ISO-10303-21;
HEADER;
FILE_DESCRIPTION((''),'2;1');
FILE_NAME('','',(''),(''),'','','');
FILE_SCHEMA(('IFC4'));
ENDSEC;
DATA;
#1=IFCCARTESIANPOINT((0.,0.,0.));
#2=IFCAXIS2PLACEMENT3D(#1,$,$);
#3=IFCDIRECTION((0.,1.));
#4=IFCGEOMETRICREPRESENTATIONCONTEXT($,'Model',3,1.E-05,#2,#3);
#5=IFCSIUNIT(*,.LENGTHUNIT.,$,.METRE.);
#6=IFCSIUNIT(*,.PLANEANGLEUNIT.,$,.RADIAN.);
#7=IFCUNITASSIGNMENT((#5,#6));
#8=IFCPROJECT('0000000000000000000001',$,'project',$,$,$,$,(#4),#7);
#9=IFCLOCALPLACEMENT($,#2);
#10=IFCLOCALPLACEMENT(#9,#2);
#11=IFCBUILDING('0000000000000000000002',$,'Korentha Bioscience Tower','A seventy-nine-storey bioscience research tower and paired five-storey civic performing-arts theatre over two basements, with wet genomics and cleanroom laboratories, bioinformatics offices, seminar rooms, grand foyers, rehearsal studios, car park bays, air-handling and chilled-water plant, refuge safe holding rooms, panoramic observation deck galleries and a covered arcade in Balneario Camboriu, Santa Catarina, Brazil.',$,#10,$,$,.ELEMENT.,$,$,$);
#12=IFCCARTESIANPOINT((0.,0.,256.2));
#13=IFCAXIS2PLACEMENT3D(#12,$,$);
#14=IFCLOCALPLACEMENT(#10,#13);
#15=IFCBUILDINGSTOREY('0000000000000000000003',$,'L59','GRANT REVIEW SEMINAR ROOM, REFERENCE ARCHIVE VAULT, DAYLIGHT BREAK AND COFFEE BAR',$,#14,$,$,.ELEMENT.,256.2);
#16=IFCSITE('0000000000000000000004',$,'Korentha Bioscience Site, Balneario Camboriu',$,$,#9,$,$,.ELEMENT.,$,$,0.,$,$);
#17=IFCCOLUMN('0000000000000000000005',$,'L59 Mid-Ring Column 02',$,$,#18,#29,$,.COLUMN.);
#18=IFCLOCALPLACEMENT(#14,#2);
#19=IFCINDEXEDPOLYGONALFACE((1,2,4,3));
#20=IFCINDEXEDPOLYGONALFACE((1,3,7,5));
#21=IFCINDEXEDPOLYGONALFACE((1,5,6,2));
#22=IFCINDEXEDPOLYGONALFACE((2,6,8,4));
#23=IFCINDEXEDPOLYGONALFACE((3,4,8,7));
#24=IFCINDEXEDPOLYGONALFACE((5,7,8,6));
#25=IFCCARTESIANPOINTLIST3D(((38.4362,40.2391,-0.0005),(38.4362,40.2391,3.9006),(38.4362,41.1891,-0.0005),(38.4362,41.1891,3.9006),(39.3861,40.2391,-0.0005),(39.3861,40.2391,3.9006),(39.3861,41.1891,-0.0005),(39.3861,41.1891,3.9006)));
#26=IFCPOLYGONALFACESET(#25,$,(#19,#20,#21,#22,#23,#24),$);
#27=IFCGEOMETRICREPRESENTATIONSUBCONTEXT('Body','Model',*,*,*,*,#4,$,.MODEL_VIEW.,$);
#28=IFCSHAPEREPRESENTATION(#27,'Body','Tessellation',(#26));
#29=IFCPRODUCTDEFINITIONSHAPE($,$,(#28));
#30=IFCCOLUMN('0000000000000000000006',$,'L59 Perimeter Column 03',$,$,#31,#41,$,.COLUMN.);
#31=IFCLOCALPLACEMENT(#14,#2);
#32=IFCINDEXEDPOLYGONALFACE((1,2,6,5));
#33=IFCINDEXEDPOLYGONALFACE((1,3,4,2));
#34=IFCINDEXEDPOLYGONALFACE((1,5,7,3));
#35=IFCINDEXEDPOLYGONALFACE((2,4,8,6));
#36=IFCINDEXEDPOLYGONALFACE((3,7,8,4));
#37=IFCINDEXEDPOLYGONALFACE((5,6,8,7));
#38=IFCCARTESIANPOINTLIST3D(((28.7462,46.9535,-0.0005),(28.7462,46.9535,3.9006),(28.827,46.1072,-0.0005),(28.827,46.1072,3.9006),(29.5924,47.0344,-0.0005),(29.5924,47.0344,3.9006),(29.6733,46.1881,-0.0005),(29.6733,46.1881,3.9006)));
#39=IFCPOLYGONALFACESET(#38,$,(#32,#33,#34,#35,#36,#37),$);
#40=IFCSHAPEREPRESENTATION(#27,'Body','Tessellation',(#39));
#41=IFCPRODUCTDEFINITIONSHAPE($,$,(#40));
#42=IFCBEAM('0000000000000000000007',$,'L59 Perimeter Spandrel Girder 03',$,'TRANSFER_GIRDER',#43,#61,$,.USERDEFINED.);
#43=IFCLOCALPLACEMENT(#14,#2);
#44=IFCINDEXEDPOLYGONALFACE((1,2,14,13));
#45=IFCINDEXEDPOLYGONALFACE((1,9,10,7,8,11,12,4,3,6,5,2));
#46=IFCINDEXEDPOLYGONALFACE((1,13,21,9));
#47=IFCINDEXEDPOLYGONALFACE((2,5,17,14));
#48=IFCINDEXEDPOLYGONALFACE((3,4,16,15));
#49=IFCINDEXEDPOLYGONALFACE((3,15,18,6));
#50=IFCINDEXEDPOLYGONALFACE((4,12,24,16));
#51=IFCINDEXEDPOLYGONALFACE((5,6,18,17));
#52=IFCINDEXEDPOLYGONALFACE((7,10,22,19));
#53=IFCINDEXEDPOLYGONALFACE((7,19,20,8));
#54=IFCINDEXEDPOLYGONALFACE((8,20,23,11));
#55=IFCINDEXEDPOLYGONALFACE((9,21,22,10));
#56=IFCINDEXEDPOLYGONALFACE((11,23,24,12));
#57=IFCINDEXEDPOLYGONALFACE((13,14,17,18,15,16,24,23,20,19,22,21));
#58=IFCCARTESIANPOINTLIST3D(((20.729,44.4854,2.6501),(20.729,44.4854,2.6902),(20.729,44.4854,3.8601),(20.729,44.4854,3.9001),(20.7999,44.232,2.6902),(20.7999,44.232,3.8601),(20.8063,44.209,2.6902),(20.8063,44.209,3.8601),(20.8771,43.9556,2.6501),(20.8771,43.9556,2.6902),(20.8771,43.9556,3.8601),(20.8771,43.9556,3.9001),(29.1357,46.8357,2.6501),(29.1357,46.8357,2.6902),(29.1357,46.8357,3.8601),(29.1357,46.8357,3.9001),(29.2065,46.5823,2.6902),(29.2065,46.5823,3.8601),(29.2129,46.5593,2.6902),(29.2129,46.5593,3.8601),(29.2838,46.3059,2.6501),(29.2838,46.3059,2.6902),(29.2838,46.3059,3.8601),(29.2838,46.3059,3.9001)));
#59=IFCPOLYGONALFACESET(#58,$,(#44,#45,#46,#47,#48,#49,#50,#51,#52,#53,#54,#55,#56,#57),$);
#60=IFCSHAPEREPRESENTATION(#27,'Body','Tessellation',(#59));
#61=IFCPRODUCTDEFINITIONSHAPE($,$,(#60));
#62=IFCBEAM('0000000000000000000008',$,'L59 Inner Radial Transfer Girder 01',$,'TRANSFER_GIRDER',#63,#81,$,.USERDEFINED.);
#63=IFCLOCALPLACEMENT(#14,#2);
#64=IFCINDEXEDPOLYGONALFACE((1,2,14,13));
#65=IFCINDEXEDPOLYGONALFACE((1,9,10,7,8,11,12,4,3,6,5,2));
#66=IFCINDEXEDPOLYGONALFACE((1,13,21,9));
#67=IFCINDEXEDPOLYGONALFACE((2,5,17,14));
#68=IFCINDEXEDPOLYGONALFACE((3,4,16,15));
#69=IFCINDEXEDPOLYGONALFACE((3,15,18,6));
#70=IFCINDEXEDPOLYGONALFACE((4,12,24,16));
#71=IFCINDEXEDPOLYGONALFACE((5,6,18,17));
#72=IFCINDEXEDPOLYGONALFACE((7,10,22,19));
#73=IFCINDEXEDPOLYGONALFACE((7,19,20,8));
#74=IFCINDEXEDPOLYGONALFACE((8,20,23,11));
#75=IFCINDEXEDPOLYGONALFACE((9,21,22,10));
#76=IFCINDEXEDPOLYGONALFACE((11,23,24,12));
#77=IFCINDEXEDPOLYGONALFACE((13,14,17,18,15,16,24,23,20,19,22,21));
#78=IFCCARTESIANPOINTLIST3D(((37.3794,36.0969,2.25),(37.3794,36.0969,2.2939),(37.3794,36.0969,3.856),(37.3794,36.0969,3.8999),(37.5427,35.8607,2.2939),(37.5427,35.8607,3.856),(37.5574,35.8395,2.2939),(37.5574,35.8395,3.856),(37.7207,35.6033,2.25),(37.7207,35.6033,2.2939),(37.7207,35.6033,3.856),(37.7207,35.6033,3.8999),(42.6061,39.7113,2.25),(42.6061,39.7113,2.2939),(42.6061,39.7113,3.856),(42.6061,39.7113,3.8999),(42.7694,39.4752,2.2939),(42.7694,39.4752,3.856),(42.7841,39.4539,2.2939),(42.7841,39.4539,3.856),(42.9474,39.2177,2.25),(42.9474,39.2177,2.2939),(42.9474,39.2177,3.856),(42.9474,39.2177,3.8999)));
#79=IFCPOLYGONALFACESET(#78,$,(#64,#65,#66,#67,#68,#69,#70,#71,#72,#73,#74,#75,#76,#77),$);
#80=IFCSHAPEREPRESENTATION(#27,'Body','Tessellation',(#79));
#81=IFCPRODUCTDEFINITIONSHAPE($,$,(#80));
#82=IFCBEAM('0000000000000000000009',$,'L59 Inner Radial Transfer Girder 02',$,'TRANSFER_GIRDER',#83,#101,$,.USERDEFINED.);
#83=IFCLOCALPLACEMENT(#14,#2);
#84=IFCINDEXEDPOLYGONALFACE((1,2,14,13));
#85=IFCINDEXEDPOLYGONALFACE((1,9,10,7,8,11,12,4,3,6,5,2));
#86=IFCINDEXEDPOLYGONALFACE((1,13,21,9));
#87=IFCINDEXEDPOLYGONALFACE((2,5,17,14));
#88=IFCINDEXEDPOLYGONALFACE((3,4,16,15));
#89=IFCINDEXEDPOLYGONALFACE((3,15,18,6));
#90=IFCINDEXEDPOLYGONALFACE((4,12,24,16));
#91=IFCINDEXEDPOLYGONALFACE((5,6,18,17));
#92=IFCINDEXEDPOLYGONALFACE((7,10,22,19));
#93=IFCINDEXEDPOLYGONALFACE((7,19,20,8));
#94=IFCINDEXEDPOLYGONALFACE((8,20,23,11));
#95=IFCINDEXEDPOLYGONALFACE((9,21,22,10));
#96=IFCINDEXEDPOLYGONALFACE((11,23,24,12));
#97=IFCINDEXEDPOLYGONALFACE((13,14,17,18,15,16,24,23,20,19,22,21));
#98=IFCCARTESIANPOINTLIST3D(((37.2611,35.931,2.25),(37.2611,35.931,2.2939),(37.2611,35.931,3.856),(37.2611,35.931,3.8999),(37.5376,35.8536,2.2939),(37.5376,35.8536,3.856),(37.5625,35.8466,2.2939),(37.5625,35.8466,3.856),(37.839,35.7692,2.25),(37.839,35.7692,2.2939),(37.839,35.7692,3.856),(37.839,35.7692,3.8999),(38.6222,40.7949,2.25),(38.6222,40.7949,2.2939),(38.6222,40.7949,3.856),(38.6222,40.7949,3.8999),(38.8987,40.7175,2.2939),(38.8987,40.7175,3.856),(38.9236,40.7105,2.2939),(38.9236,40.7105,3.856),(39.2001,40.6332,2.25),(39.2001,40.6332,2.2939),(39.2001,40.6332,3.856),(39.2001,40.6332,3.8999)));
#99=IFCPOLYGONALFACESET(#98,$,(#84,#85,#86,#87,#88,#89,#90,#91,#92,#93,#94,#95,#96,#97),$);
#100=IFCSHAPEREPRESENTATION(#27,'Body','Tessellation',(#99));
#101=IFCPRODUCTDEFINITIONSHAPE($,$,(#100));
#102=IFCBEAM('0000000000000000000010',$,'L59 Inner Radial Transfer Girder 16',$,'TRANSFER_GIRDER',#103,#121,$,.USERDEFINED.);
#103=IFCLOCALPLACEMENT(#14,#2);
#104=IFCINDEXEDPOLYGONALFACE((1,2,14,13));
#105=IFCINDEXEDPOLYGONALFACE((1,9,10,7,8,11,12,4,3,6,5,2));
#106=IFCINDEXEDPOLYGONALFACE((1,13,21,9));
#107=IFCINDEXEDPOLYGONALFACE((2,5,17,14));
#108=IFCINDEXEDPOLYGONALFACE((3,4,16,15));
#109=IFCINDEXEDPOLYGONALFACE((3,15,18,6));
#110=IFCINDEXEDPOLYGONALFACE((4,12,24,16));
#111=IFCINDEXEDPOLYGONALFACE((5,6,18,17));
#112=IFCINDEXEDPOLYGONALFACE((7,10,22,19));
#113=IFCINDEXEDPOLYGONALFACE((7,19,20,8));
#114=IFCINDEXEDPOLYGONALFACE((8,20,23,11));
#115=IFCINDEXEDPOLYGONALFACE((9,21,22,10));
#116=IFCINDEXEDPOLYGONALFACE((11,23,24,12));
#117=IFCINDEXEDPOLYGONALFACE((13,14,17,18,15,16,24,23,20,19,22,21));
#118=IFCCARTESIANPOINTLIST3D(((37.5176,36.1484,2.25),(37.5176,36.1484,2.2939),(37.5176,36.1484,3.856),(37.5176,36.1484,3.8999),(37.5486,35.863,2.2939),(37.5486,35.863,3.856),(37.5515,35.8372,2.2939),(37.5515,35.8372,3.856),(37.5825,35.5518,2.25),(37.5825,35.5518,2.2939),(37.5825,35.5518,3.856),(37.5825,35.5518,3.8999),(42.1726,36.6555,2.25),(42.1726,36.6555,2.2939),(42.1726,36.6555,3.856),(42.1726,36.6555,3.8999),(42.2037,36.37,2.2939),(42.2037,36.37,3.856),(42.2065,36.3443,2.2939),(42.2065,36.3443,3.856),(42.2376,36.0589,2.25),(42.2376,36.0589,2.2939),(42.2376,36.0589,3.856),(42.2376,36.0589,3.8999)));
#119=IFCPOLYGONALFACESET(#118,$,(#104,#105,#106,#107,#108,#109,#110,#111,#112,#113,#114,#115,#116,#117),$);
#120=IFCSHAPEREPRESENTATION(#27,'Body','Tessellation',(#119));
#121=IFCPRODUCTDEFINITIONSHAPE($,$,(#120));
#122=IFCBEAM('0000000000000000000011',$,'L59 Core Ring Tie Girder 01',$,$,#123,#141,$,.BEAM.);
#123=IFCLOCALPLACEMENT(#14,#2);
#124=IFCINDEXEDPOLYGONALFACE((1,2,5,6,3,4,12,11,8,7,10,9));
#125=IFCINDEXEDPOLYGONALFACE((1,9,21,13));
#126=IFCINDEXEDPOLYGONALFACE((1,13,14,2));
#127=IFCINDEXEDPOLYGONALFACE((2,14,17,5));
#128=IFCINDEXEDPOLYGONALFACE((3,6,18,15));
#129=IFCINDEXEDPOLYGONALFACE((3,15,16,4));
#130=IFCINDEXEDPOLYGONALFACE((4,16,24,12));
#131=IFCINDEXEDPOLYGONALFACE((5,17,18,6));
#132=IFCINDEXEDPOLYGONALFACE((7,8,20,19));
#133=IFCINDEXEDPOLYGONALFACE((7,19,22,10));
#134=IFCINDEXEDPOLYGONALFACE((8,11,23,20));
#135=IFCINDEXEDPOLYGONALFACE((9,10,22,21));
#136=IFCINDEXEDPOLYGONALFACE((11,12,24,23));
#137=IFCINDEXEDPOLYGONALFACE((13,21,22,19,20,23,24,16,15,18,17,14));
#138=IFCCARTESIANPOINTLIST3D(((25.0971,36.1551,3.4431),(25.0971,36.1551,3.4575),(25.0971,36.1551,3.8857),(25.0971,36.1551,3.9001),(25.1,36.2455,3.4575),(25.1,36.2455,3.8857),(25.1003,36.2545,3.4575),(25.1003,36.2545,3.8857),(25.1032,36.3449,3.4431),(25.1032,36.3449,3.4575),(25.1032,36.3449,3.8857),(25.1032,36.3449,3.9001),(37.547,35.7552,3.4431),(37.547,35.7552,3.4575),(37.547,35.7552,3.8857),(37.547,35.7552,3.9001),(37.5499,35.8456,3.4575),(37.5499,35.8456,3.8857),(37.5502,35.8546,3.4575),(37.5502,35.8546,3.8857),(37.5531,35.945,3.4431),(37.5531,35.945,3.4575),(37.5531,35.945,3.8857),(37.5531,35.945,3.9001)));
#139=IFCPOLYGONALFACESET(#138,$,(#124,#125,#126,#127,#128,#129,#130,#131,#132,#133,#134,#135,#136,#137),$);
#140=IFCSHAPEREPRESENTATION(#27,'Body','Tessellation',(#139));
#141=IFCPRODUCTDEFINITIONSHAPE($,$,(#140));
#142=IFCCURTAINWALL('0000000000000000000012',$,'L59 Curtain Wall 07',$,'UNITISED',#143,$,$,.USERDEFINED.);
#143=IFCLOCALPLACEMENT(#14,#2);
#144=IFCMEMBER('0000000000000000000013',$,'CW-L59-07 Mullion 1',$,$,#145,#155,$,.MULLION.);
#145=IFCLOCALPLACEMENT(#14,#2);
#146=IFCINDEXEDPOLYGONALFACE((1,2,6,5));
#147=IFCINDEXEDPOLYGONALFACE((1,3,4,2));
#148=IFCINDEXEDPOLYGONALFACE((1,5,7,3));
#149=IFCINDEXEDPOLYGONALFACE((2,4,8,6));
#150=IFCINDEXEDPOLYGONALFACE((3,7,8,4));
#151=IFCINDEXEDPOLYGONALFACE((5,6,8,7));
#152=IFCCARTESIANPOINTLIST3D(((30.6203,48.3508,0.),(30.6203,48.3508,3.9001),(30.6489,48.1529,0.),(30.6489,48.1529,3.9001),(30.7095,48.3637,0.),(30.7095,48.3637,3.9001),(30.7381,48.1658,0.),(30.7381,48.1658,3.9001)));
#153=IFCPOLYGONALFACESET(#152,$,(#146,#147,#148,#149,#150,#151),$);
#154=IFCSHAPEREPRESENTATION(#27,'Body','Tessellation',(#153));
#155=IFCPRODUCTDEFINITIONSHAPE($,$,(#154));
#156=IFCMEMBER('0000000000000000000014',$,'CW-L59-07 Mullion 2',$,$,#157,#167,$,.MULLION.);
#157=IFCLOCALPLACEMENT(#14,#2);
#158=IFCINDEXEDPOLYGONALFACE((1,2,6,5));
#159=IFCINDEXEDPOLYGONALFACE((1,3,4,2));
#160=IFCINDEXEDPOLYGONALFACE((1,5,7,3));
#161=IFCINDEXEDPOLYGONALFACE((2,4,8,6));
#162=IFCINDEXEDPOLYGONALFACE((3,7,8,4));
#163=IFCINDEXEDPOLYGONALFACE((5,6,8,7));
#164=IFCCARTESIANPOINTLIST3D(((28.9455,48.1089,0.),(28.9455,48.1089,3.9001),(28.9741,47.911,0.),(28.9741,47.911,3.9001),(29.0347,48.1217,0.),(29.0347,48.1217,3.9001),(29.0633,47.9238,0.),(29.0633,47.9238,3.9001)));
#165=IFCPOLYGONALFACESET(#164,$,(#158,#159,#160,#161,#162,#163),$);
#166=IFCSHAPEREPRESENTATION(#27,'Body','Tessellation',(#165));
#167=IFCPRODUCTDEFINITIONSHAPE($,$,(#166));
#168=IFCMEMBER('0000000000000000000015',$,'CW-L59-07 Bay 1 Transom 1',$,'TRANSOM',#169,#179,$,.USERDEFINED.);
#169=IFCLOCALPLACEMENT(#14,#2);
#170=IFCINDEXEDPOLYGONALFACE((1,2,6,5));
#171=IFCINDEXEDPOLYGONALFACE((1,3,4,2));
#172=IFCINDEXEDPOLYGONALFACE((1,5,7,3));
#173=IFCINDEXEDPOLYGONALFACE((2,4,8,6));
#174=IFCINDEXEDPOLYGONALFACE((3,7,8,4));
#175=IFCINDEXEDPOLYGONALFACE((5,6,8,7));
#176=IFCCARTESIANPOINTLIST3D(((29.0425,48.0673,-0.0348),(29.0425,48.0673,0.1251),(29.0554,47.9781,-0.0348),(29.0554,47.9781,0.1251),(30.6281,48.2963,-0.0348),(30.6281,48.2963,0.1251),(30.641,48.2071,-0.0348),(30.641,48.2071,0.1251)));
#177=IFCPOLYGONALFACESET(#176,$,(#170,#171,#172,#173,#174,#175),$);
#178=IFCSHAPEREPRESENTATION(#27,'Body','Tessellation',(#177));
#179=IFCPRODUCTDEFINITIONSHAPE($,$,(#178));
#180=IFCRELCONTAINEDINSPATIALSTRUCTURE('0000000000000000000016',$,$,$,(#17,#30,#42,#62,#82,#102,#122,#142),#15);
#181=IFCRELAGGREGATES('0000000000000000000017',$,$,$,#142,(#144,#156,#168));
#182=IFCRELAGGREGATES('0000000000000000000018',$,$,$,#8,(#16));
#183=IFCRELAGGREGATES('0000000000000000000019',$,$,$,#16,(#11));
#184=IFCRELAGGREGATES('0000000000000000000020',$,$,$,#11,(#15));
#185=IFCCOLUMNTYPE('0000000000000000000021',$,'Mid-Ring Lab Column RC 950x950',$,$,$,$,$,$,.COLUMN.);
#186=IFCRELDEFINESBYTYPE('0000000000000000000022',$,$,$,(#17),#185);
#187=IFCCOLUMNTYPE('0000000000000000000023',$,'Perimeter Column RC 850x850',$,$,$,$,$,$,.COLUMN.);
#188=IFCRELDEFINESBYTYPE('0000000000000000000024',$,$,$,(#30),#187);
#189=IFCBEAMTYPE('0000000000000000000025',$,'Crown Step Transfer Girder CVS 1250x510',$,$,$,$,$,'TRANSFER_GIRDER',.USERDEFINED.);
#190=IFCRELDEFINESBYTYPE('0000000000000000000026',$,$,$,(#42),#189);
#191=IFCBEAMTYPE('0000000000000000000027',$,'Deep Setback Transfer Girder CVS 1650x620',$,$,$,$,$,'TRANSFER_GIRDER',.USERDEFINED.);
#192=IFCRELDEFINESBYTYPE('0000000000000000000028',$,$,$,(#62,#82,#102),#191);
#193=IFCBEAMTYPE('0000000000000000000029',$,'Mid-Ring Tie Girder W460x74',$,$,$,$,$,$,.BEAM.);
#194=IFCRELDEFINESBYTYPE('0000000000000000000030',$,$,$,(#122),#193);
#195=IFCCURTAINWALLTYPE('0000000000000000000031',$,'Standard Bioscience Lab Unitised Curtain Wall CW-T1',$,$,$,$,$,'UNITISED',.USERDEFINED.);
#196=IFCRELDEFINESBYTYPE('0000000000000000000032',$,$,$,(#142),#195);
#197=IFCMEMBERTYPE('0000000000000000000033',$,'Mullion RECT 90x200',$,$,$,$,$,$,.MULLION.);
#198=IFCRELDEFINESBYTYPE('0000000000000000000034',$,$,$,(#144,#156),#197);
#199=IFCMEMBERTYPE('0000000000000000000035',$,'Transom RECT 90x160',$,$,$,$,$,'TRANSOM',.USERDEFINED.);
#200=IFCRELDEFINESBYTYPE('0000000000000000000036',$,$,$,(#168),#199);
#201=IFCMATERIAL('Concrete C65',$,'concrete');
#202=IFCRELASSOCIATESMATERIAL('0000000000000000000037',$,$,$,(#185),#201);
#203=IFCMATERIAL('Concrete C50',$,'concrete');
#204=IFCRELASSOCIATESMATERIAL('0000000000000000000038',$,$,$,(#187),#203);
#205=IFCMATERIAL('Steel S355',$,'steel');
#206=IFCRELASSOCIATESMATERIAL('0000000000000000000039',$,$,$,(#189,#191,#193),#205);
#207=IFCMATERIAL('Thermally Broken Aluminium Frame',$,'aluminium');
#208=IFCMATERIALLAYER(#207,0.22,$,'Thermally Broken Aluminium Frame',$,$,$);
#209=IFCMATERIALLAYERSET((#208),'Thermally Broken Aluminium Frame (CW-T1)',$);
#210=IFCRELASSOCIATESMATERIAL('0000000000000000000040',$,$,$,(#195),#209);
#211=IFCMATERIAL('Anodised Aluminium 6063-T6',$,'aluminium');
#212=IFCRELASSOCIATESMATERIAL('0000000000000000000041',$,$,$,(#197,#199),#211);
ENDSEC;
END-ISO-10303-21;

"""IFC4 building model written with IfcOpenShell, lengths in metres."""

from ifc_helpers import new_model, si_unit, direction, frame, origin, origin_2d, place, context, subcontext, project, spatial, rectangle, i_section, extrude, material, layer, layer_set, material_profile, profile_set, type_object, element, aggregate, save


model = new_model("IFC4")

# Units and contexts
model_context = context("Model", 3, precision=1e-05, world=origin(), true_north=direction((0.0, 1.0)))
body_context = subcontext(model_context, "Body", "Model", "MODEL_VIEW")
ifc_project = project(units=[si_unit("LENGTHUNIT", "METRE"), si_unit("PLANEANGLEUNIT", "RADIAN")], contexts=[model_context])

# Site, building, storey
site_placement = place(None, origin())
site = spatial("IfcSite", under=ifc_project, at=site_placement, Name="Korentha Bioscience Site, Balneario Camboriu", CompositionType="ELEMENT", RefElevation=0.0)
building_placement = place(site_placement, origin())
building = spatial("IfcBuilding", under=site, at=building_placement, Name="Korentha Bioscience Tower", Description="A seventy-nine-storey bioscience research tower and paired five-storey civic performing-arts theatre over two basements, with wet genomics and cleanroom laboratories, bioinformatics offices, seminar rooms, grand foyers, rehearsal studios, car park bays, air-handling and chilled-water plant, refuge safe holding rooms, panoramic observation deck galleries and a covered arcade in Balneario Camboriu, Santa Catarina, Brazil.", CompositionType="ELEMENT")
storey_placement = place(building_placement, frame((0.0, 0.0, 256.2)))
storey = spatial("IfcBuildingStorey", under=building, at=storey_placement, Name="L59", Description="GRANT REVIEW SEMINAR ROOM, REFERENCE ARCHIVE VAULT, DAYLIGHT BREAK AND COFFEE BAR", CompositionType="ELEMENT", Elevation=256.2)

# Columns
ifc_material_1 = material(Name="Concrete C65", Category="concrete")
ifc_material_profile_1 = material_profile(ifc_material_1, rectangle(XDim=0.95, YDim=0.95, at=origin_2d()), Name="Concrete C65")
ifc_profile_set_1 = profile_set([ifc_material_profile_1], Name="Concrete C65 (COL-MR09)")
column_type_1 = type_object("IfcColumnType", Name="Mid-Ring Lab Column RC 950x950", PredefinedType="COLUMN", material=ifc_profile_set_1)
column_1_placement = place(storey_placement, frame((38.9111, 40.7141, -0.0005), z_axis=(0.0, 0.0, 1.0), x_axis=(1.0, 0.0, 0.0)))
element("IfcColumn", 1, at=column_1_placement, inside=storey, type_object=column_type_1, Name="L59 Mid-Ring Column 02", PredefinedType="COLUMN", context=body_context, shape_type="SweptSolid", body=[
    extrude(rectangle(XDim=0.95, YDim=0.95, at=origin_2d()), origin(), (0.0, 0.0, 1.0), 3.9011),
])
ifc_material_2 = material(Name="Concrete C50", Category="concrete")
ifc_material_profile_2 = material_profile(ifc_material_2, rectangle(XDim=0.8501, YDim=0.8501, at=origin_2d()), Name="Concrete C50")
ifc_profile_set_2 = profile_set([ifc_material_profile_2], Name="Concrete C50 (COL-P08)")
column_type_2 = type_object("IfcColumnType", Name="Perimeter Column RC 850x850", PredefinedType="COLUMN", material=ifc_profile_set_2)
column_2_placement = place(storey_placement, frame((29.2097, 46.5708, -0.0005), z_axis=(0.0, 0.0, 1.0), x_axis=(0.995463, 0.095151, 0.0)))
element("IfcColumn", 2, at=column_2_placement, inside=storey, type_object=column_type_2, Name="L59 Perimeter Column 03", PredefinedType="COLUMN", context=body_context, shape_type="SweptSolid", body=[
    extrude(rectangle(XDim=0.8501, YDim=0.8501, at=origin_2d()), origin(), (0.0, 0.0, 1.0), 3.9011),
])

# Beams
ifc_material_3 = material(Name="Steel S355", Category="steel")
ifc_material_profile_3 = material_profile(ifc_material_3, i_section(OverallWidth=0.55, OverallDepth=1.25, WebThickness=0.0239, FlangeThickness=0.04, at=origin_2d()), Name="Steel S355")
ifc_profile_set_3 = profile_set([ifc_material_profile_3], Name="Steel S355 (TG-03)")
beam_type_1 = type_object("IfcBeamType", Name="Crown Step Transfer Girder CVS 1250x510", ElementType="TRANSFER_GIRDER", PredefinedType="USERDEFINED", material=ifc_profile_set_3)
beam_1_placement = place(storey_placement, frame((29.2097, 46.5708, 3.2751), z_axis=(-0.963069, -0.269253, 0.0), x_axis=(0.269253, -0.963069, 0.0)))
element("IfcBeam", 3, at=beam_1_placement, inside=storey, type_object=beam_type_1, Name="L59 Perimeter Spandrel Girder 03", ObjectType="TRANSFER_GIRDER", PredefinedType="USERDEFINED", context=body_context, shape_type="SweptSolid", body=[
    extrude(i_section(OverallWidth=0.55, OverallDepth=1.25, WebThickness=0.0239, FlangeThickness=0.04, at=origin_2d()), origin(), (0.0, 0.0, 1.0), 8.729),
])
ifc_material_profile_4 = material_profile(ifc_material_3, i_section(OverallWidth=0.6001, OverallDepth=1.6499, WebThickness=0.0259, FlangeThickness=0.0439, at=origin_2d()), Name="Steel S355")
ifc_profile_set_4 = profile_set([ifc_material_profile_4], Name="Steel S355 (TG-04)")
beam_type_2 = type_object("IfcBeamType", Name="Deep Setback Transfer Girder CVS 1650x620", ElementType="TRANSFER_GIRDER", PredefinedType="USERDEFINED", material=ifc_profile_set_4)
beam_2_placement = place(storey_placement, frame((37.55, 35.8501, 3.075), z_axis=(0.822491, 0.568778, 0.0), x_axis=(-0.568778, 0.822491, 0.0)))
element("IfcBeam", 4, at=beam_2_placement, inside=storey, type_object=beam_type_2, Name="L59 Inner Radial Transfer Girder 01", ObjectType="TRANSFER_GIRDER", PredefinedType="USERDEFINED", context=body_context, shape_type="SweptSolid", body=[
    extrude(i_section(OverallWidth=0.6001, OverallDepth=1.6499, WebThickness=0.0259, FlangeThickness=0.0439, at=origin_2d()), origin(), (0.0, 0.0, 1.0), 6.3547),
])
beam_3_placement = place(storey_placement, frame((37.55, 35.8501, 3.075), z_axis=(0.269476, 0.963007, 0.0), x_axis=(-0.963007, 0.269476, 0.0)))
element("IfcBeam", 5, at=beam_3_placement, inside=storey, type_object=beam_type_2, Name="L59 Inner Radial Transfer Girder 02", ObjectType="TRANSFER_GIRDER", PredefinedType="USERDEFINED", context=body_context, shape_type="SweptSolid", body=[
    extrude(i_section(OverallWidth=0.6001, OverallDepth=1.6499, WebThickness=0.0259, FlangeThickness=0.0439, at=origin_2d()), origin(), (0.0, 0.0, 1.0), 5.0508),
])
beam_4_placement = place(storey_placement, frame((37.55, 35.8501, 3.075), z_axis=(0.994119, 0.108291, 0.0), x_axis=(-0.108291, 0.994119, 0.0)))
element("IfcBeam", 6, at=beam_4_placement, inside=storey, type_object=beam_type_2, Name="L59 Inner Radial Transfer Girder 16", ObjectType="TRANSFER_GIRDER", PredefinedType="USERDEFINED", context=body_context, shape_type="SweptSolid", body=[
    extrude(i_section(OverallWidth=0.6001, OverallDepth=1.6499, WebThickness=0.0259, FlangeThickness=0.0439, at=origin_2d()), origin(), (0.0, 0.0, 1.0), 4.6826),
])
ifc_material_profile_5 = material_profile(ifc_material_3, i_section(OverallWidth=0.1899, OverallDepth=0.457, WebThickness=0.009, FlangeThickness=0.0144, at=origin_2d()), Name="Steel S355")
ifc_profile_set_5 = profile_set([ifc_material_profile_5], Name="Steel S355 (MB-460)")
beam_type_3 = type_object("IfcBeamType", Name="Mid-Ring Tie Girder W460x74", PredefinedType="BEAM", material=ifc_profile_set_5)
beam_5_placement = place(storey_placement, frame((37.55, 35.8501, 3.6716), z_axis=(-0.999485, 0.032104, 0.0), x_axis=(-0.032104, -0.999485, 0.0)))
element("IfcBeam", 7, at=beam_5_placement, inside=storey, type_object=beam_type_3, Name="L59 Core Ring Tie Girder 01", PredefinedType="BEAM", context=body_context, shape_type="SweptSolid", body=[
    extrude(i_section(OverallWidth=0.1899, OverallDepth=0.457, WebThickness=0.009, FlangeThickness=0.0144, at=origin_2d()), origin(), (0.0, 0.0, 1.0), 12.4563),
])

# Curtain wall, members
ifc_material_4 = material(Name="Thermally Broken Aluminium Frame", Category="aluminium")
ifc_layer_1 = layer(ifc_material_4, 0.22, Name="Thermally Broken Aluminium Frame")
ifc_layer_set_1 = layer_set([ifc_layer_1], Name="Thermally Broken Aluminium Frame (CW-T1)")
curtain_wall_type = type_object("IfcCurtainWallType", Name="Standard Bioscience Lab Unitised Curtain Wall CW-T1", ElementType="UNITISED", PredefinedType="USERDEFINED", material=ifc_layer_set_1)
curtain_wall_placement = place(storey_placement, origin())
curtain_wall = element("IfcCurtainWall", 8, at=curtain_wall_placement, inside=storey, type_object=curtain_wall_type, Name="L59 Curtain Wall 07", ObjectType="UNITISED", PredefinedType="USERDEFINED")
ifc_material_5 = material(Name="Anodised Aluminium 6063-T6", Category="aluminium")
ifc_material_profile_6 = material_profile(ifc_material_5, rectangle(XDim=0.0901, YDim=0.2, at=origin_2d()), Name="Anodised Aluminium 6063-T6")
ifc_profile_set_6 = profile_set([ifc_material_profile_6], Name="Anodised Aluminium 6063-T6 (CW-MUL)")
member_type_1 = type_object("IfcMemberType", Name="Mullion RECT 90x200", PredefinedType="MULLION", material=ifc_profile_set_6)
member_1_placement = place(storey_placement, frame((30.6792, 48.2583, 0.0), z_axis=(0.0, 0.0, 1.0), x_axis=(-0.989729, -0.142956, 0.0)))
member_1 = element("IfcMember", 9, at=member_1_placement, type_object=member_type_1, Name="CW-L59-07 Mullion 1", PredefinedType="MULLION", context=body_context, shape_type="SweptSolid", body=[
    extrude(rectangle(XDim=0.0901, YDim=0.2, at=origin_2d()), origin(), (0.0, 0.0, 1.0), 3.9001),
])
member_2_placement = place(storey_placement, frame((29.0044, 48.0164, 0.0), z_axis=(0.0, 0.0, 1.0), x_axis=(-0.989729, -0.142956, 0.0)))
member_2 = element("IfcMember", 10, at=member_2_placement, type_object=member_type_1, Name="CW-L59-07 Mullion 2", PredefinedType="MULLION", context=body_context, shape_type="SweptSolid", body=[
    extrude(rectangle(XDim=0.0901, YDim=0.2, at=origin_2d()), origin(), (0.0, 0.0, 1.0), 3.9001),
])
ifc_material_profile_7 = material_profile(ifc_material_5, rectangle(XDim=0.0901, YDim=0.1599, at=origin_2d()), Name="Anodised Aluminium 6063-T6")
ifc_profile_set_7 = profile_set([ifc_material_profile_7], Name="Anodised Aluminium 6063-T6 (CW-TRN)")
member_type_2 = type_object("IfcMemberType", Name="Transom RECT 90x160", ElementType="TRANSOM", PredefinedType="USERDEFINED", material=ifc_profile_set_7)
member_3_placement = place(storey_placement, frame((30.6345, 48.2517, 0.0452), z_axis=(-0.989732, -0.142936, 0.0), x_axis=(0.142936, -0.989732, 0.0)))
member_3 = element("IfcMember", 11, at=member_3_placement, type_object=member_type_2, Name="CW-L59-07 Bay 1 Transom 1", ObjectType="TRANSOM", PredefinedType="USERDEFINED", context=body_context, shape_type="SweptSolid", body=[
    extrude(rectangle(XDim=0.0901, YDim=0.1599, at=origin_2d()), origin(), (0.0, 0.0, 1.0), 1.6021),
])
aggregate(curtain_wall, [member_1, member_2, member_3])

save(model, "model.ifc")
